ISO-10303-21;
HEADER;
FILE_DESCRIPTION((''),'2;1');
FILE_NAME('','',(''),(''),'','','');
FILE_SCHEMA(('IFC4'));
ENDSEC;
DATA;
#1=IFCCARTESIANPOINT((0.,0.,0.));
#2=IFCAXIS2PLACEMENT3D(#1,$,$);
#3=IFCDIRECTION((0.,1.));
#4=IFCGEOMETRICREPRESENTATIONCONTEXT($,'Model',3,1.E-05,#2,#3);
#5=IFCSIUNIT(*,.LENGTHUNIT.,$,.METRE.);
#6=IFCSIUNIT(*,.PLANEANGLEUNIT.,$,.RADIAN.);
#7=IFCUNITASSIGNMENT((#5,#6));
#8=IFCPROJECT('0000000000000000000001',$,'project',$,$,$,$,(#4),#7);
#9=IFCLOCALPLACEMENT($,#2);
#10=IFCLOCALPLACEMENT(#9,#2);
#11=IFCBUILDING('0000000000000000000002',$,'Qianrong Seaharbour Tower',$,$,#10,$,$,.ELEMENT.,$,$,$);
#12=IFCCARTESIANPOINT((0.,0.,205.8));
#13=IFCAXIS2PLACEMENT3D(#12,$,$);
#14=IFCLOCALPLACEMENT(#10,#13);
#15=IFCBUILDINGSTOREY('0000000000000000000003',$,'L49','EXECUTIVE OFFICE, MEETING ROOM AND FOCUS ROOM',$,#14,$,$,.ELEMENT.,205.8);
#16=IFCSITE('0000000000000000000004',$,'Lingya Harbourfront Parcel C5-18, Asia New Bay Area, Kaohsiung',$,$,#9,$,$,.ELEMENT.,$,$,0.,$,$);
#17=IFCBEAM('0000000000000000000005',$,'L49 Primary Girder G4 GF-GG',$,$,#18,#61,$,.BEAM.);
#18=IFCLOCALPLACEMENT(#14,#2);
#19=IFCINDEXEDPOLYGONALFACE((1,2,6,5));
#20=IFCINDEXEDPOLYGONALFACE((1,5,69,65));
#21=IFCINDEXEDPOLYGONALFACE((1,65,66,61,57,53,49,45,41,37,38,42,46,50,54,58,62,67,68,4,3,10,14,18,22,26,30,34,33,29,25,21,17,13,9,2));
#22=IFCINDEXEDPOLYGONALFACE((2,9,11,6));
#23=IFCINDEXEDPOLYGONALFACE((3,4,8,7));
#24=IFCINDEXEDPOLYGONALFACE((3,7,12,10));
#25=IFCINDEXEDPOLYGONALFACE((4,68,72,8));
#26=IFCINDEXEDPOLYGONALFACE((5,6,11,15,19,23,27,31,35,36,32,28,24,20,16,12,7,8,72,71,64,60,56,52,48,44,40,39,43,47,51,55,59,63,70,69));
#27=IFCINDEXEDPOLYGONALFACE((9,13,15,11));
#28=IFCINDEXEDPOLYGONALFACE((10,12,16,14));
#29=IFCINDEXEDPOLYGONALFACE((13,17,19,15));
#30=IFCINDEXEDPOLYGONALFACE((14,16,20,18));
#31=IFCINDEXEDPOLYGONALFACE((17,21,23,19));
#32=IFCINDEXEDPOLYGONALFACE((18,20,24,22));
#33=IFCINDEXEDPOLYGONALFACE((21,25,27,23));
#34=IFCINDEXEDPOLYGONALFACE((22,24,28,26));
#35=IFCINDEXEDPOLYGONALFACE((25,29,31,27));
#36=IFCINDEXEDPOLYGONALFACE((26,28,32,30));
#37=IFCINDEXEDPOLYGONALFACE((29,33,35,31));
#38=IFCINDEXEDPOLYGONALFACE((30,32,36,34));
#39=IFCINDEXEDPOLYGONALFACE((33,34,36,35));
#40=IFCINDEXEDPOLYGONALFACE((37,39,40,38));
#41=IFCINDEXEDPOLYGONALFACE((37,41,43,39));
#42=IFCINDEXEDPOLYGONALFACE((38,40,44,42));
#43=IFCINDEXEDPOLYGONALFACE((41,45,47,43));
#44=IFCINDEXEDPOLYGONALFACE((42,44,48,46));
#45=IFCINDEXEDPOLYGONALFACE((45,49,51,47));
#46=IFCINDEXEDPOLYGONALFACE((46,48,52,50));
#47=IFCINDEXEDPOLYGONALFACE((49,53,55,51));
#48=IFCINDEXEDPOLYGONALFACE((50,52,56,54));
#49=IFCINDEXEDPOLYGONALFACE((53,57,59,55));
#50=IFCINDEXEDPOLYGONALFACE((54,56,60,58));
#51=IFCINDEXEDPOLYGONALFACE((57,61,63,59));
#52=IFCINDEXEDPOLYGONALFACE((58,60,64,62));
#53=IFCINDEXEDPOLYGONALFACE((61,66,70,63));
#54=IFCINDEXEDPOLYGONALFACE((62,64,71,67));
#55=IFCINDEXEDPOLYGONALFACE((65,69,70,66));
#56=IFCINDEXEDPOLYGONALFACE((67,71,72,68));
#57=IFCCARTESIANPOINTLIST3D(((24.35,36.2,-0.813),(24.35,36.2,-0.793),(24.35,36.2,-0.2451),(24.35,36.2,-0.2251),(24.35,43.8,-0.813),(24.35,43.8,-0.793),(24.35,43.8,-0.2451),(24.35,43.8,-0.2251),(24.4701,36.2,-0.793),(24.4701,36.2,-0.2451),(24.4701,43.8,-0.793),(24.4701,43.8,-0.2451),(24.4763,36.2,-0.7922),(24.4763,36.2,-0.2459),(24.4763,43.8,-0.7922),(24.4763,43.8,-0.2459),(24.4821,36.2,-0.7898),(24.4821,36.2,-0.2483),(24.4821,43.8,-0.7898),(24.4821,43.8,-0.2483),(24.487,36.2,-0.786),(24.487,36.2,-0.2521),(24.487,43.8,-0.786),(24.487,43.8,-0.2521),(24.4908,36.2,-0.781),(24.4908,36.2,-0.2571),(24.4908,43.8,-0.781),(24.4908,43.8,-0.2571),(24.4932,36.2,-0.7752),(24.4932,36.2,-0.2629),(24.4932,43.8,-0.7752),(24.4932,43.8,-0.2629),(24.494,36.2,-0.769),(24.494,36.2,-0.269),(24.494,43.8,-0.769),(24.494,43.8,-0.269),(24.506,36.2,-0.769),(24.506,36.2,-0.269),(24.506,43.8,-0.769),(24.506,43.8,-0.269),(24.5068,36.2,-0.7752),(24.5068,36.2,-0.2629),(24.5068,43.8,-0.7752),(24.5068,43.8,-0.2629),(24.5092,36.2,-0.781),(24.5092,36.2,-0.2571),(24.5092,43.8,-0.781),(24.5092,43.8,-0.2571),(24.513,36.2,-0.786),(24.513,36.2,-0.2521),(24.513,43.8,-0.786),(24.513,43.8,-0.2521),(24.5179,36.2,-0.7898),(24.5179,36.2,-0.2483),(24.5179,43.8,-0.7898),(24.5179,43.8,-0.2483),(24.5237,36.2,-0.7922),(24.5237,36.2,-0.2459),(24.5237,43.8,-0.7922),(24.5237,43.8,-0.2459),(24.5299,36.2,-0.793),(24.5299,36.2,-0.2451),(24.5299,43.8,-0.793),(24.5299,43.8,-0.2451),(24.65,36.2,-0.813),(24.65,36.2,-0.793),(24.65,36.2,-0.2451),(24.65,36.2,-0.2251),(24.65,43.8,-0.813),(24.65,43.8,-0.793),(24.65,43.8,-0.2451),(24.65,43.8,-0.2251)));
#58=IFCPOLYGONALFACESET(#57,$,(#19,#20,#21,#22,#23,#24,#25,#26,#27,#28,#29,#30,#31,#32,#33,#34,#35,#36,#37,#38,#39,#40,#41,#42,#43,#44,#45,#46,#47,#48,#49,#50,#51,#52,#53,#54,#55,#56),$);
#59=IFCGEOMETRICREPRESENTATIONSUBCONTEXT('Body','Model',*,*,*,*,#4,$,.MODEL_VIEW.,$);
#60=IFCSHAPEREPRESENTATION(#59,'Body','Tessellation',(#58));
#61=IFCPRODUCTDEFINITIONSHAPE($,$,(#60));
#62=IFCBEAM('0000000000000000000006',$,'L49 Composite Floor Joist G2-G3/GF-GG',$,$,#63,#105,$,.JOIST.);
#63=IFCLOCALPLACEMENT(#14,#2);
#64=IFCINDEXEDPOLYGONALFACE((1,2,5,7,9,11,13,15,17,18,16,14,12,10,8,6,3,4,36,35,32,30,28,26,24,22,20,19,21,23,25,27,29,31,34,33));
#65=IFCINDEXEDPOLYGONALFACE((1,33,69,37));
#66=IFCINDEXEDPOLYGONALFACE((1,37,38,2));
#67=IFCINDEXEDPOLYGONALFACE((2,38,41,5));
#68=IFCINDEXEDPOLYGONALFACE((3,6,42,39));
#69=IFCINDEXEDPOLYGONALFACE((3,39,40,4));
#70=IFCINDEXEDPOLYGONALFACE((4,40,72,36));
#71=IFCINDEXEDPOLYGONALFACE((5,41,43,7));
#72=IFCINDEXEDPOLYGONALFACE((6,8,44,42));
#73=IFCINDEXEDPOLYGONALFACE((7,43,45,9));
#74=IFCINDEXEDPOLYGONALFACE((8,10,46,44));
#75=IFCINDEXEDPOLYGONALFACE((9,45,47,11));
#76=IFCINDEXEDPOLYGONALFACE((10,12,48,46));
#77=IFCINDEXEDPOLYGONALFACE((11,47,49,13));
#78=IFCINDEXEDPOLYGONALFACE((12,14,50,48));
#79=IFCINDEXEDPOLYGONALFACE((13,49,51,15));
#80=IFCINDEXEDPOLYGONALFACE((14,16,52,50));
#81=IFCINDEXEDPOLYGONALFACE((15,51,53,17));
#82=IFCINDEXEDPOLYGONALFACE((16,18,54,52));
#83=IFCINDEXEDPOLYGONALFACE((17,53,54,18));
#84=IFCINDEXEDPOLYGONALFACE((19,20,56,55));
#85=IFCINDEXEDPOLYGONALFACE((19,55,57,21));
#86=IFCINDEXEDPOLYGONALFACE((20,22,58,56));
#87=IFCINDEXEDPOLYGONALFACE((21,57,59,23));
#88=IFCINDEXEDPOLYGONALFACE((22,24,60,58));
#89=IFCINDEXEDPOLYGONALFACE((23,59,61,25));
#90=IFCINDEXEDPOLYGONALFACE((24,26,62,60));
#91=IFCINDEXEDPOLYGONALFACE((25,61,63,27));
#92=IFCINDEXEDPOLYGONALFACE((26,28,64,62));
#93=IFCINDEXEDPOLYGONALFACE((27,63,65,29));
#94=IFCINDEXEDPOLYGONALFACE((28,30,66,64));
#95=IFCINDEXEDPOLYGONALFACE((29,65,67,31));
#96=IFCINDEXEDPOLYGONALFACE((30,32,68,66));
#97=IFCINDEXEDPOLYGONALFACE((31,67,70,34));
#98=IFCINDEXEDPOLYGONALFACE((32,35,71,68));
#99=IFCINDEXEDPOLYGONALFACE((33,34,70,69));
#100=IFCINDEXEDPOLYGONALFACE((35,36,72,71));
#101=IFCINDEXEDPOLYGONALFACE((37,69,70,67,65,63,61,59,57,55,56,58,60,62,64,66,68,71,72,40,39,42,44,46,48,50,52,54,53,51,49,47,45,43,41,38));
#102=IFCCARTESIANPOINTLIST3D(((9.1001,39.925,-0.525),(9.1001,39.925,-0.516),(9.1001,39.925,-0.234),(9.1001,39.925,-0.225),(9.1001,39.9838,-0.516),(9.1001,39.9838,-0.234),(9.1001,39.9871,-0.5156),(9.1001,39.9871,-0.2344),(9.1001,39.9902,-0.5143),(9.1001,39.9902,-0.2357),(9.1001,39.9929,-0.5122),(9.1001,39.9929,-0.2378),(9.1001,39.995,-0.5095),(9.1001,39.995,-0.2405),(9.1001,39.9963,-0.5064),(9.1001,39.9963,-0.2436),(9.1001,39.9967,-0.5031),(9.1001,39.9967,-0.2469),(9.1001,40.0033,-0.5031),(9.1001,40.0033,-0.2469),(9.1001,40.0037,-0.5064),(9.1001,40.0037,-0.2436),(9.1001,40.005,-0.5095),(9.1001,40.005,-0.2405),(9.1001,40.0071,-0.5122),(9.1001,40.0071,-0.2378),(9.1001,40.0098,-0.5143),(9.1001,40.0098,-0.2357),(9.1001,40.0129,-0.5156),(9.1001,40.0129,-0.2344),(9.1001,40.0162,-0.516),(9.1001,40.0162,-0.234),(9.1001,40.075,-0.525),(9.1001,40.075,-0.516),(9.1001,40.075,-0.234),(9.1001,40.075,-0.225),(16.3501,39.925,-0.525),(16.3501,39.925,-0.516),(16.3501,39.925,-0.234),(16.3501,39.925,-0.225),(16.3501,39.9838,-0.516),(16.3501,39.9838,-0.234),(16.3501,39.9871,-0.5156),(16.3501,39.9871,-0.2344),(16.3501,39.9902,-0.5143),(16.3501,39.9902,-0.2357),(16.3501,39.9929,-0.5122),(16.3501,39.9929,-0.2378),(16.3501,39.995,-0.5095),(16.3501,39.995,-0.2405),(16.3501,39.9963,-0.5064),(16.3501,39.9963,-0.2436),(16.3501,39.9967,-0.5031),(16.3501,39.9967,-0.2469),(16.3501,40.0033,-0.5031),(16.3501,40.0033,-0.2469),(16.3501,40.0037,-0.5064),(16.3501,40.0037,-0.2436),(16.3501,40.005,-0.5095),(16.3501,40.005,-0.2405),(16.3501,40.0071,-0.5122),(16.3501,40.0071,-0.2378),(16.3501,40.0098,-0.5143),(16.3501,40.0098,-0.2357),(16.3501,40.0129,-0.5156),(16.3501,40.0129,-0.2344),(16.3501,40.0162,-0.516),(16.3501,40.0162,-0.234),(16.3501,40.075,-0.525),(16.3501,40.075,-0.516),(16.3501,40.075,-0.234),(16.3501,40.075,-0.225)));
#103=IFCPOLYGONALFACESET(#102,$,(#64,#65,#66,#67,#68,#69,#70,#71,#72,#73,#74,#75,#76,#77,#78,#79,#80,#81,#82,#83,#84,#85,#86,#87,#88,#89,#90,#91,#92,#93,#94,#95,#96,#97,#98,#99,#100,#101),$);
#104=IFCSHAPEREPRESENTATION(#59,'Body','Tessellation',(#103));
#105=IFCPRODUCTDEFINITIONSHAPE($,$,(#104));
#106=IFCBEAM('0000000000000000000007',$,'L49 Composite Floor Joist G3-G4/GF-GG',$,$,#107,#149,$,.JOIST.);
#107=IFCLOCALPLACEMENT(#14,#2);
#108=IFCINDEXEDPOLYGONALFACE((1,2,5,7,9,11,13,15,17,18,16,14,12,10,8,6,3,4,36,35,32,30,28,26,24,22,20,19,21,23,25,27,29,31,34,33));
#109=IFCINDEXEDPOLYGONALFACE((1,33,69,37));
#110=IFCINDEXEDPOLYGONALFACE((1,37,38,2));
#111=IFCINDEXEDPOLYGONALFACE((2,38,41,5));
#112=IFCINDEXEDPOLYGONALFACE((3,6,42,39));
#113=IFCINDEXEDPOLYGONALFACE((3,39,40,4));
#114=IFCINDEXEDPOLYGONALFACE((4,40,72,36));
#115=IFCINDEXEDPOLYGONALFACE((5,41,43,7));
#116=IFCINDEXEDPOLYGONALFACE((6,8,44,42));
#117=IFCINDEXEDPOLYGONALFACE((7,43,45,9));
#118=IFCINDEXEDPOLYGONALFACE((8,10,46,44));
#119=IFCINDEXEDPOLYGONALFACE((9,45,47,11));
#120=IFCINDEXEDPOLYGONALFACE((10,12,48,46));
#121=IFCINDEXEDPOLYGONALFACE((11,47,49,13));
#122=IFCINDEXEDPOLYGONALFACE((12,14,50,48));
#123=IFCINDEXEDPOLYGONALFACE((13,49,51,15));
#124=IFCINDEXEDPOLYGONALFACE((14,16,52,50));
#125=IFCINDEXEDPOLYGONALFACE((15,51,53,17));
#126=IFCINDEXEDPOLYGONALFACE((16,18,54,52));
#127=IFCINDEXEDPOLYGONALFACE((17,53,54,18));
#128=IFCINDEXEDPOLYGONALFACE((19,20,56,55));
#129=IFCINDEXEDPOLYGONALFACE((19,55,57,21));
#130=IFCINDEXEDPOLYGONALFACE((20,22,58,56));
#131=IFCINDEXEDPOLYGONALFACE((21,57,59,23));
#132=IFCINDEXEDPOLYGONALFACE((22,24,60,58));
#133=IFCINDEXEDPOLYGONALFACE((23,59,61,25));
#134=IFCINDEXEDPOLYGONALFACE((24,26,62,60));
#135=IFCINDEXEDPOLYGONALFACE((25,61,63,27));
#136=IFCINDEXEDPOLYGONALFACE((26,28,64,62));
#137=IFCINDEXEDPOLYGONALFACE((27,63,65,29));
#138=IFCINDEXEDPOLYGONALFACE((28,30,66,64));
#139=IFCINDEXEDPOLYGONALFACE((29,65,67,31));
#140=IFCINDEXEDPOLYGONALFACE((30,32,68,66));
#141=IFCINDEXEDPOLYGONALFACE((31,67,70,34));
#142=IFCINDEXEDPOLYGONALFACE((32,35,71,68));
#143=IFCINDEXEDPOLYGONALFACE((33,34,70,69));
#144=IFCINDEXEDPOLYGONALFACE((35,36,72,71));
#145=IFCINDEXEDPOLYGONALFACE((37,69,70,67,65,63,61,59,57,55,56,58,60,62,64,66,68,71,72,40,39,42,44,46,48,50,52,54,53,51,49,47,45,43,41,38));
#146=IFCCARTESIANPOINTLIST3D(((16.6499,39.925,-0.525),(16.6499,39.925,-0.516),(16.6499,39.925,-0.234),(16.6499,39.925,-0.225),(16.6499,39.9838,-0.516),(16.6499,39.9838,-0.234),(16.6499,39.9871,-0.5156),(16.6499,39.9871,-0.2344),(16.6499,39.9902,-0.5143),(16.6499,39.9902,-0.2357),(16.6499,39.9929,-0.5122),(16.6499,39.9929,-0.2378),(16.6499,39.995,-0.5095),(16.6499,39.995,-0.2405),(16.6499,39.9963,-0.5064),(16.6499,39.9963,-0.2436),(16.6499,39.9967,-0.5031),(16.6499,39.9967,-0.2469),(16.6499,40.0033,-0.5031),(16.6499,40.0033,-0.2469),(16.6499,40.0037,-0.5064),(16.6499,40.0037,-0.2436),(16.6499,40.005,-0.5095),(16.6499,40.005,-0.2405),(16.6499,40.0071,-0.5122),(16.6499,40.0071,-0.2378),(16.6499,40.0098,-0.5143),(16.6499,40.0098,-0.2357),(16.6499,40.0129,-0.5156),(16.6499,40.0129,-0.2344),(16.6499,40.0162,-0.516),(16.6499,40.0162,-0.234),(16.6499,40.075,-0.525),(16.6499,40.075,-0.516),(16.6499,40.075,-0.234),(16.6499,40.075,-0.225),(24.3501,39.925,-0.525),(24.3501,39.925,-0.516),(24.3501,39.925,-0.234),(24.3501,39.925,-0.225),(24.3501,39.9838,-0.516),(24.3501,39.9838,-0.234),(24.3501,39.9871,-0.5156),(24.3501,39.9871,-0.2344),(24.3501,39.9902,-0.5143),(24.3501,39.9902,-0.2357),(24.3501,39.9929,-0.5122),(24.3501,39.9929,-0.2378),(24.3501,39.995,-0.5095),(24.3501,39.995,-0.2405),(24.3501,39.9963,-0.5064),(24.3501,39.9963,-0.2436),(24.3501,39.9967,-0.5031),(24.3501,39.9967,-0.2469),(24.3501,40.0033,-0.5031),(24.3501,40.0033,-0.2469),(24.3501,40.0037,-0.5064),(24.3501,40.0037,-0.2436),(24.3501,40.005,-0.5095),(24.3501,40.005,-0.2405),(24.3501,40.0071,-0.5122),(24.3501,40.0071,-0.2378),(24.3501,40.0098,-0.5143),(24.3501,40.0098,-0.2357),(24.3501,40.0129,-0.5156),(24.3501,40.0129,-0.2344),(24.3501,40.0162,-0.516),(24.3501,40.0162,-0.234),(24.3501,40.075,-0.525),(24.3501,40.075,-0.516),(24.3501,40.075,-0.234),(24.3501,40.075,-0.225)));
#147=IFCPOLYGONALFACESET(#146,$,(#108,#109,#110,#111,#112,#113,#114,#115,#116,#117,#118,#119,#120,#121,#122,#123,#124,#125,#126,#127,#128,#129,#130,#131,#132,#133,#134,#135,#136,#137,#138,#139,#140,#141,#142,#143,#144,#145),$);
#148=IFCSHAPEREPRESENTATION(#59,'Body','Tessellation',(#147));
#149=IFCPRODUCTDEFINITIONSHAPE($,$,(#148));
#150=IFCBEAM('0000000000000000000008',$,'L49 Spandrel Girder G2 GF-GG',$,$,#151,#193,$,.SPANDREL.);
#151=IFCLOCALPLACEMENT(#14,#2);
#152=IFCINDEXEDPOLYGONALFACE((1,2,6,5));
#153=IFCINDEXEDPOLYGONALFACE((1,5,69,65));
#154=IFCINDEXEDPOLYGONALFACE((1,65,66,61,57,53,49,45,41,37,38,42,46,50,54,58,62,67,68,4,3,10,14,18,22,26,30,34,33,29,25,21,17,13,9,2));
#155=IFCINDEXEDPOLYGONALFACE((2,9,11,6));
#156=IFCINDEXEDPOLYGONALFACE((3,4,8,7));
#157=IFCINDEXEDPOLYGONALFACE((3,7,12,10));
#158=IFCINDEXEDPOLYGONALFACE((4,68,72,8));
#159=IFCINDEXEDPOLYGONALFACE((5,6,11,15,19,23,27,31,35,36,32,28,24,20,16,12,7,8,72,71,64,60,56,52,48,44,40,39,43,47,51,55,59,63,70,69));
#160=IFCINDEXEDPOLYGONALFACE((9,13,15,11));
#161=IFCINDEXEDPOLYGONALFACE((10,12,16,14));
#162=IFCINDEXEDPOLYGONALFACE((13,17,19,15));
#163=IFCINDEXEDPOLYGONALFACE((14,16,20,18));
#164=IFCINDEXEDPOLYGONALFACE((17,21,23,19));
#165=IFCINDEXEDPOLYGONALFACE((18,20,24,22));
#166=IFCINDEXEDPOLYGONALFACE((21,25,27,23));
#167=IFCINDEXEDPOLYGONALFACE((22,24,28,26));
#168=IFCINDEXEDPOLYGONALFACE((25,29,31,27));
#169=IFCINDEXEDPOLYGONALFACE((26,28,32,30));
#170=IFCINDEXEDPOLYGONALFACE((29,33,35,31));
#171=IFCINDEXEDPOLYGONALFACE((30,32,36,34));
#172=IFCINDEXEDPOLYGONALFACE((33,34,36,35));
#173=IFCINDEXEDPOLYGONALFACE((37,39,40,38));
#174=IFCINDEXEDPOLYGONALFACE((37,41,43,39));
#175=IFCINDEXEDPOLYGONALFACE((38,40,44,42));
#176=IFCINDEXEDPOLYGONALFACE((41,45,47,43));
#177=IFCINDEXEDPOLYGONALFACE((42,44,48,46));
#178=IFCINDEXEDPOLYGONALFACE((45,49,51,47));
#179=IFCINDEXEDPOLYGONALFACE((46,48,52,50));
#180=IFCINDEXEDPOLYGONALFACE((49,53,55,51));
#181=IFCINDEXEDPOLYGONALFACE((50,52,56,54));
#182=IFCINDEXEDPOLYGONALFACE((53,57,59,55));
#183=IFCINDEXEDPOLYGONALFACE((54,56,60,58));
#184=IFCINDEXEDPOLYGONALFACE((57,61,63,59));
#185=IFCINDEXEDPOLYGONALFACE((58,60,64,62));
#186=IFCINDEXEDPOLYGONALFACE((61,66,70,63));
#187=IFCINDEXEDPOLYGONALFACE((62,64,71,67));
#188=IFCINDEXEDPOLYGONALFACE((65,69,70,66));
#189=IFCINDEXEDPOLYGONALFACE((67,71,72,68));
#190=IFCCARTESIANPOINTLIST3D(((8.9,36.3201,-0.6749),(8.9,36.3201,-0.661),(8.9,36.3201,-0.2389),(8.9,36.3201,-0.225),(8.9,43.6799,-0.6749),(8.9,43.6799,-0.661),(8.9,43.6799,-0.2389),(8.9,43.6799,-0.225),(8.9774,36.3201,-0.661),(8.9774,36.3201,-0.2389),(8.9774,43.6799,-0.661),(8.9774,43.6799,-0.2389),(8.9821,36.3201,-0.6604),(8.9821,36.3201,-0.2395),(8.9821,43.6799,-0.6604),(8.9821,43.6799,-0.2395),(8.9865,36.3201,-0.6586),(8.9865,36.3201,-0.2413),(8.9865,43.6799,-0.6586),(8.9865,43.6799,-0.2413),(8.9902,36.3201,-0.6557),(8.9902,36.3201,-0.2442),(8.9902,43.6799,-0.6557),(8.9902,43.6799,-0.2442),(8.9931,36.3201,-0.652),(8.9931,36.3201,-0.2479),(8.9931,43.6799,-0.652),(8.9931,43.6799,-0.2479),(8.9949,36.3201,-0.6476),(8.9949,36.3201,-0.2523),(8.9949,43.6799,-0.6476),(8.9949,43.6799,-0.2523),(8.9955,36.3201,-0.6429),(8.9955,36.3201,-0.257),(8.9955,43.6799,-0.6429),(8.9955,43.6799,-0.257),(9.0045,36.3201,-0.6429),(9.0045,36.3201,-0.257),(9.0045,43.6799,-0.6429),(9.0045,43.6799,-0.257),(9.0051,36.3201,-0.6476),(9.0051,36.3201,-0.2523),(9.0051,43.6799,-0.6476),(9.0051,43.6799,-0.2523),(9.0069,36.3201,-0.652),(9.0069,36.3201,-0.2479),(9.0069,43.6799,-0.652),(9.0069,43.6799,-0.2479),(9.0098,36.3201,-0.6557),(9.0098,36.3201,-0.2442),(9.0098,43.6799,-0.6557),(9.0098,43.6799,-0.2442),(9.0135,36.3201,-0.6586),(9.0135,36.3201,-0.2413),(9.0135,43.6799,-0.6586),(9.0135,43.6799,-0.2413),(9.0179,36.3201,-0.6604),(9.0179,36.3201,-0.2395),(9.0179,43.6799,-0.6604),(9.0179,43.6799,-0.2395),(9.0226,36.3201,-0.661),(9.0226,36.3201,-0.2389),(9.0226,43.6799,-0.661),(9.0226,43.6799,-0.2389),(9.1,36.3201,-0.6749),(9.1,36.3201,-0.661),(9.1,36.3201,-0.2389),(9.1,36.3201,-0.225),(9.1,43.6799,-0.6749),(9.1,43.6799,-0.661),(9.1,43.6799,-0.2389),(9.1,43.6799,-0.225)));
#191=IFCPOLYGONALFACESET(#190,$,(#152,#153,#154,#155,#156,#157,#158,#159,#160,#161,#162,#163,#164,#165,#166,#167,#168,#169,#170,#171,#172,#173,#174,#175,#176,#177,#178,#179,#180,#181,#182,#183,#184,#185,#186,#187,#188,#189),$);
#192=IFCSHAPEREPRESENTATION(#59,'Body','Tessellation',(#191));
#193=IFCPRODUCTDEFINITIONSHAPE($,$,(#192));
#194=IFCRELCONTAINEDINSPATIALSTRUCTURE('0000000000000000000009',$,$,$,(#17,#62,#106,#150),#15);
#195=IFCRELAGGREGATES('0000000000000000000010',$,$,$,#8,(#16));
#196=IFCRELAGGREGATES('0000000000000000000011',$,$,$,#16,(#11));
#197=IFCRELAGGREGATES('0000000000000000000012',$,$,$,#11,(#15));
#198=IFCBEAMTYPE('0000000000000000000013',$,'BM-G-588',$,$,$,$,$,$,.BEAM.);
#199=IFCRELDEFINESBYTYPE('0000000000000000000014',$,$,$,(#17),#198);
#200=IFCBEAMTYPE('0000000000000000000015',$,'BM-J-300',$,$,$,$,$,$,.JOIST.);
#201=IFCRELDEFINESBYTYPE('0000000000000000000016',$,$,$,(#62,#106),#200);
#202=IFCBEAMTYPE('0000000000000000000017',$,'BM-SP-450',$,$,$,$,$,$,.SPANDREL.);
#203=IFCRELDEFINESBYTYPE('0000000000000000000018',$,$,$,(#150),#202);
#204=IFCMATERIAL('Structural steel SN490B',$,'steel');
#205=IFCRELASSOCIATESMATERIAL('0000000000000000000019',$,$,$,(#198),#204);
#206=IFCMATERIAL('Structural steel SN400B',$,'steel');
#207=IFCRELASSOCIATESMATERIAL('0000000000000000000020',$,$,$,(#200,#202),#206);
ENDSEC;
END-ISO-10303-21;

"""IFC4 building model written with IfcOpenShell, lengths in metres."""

from ifc_helpers import new_model, si_unit, direction, frame, origin, origin_2d, place, context, subcontext, project, spatial, i_section, extrude, material, material_profile, profile_set, type_object, element, save


model = new_model("IFC4")

# Units and contexts
model_context = context("Model", 3, precision=1e-05, world=origin(), true_north=direction((0.0, 1.0)))
body_context = subcontext(model_context, "Body", "Model", "MODEL_VIEW")
ifc_project = project(units=[si_unit("LENGTHUNIT", "METRE"), si_unit("PLANEANGLEUNIT", "RADIAN")], contexts=[model_context])

# Site, building, storey
site_placement = place(None, origin())
site = spatial("IfcSite", under=ifc_project, at=site_placement, Name="Lingya Harbourfront Parcel C5-18, Asia New Bay Area, Kaohsiung", CompositionType="ELEMENT", RefElevation=0.0)
building_placement = place(site_placement, origin())
building = spatial("IfcBuilding", under=site, at=building_placement, Name="Qianrong Seaharbour Tower", CompositionType="ELEMENT")
storey_placement = place(building_placement, frame((0.0, 0.0, 205.8)))
storey = spatial("IfcBuildingStorey", under=building, at=storey_placement, Name="L49", Description="EXECUTIVE OFFICE, MEETING ROOM AND FOCUS ROOM", CompositionType="ELEMENT", Elevation=205.8)

# Shared definitions
ifc_material_1 = material(Name="Structural steel SN490B", Category="steel")

# Beams
ifc_material_profile_1 = material_profile(ifc_material_1, i_section(OverallWidth=0.3, OverallDepth=0.5879, WebThickness=0.012, FlangeThickness=0.02, FilletRadius=0.0239, at=origin_2d()), Name="H588x300x12x20")
ifc_profile_set_1 = profile_set([ifc_material_profile_1], Name="Structural steel SN490B")
beam_type_1 = type_object("IfcBeamType", Name="BM-G-588", PredefinedType="BEAM", material=ifc_profile_set_1)
for number, where, z_axis, x_axis, name in (
    (1, (24.5, 36.2, -0.519), (0.0, 1.0, 0.0), (-1.0, 0.0, 0.0), "L49 Primary Girder G4 GF-GG"),
):
    element("IfcBeam", number, at=place(storey_placement, frame(where, z_axis=z_axis, x_axis=x_axis)), inside=storey, type_object=beam_type_1, Name=name, PredefinedType="BEAM", context=body_context, shape_type="SweptSolid", body=[
        extrude(i_section(OverallWidth=0.3, OverallDepth=0.5879, WebThickness=0.012, FlangeThickness=0.02, FilletRadius=0.0239, at=origin_2d()), origin(), (0.0, 0.0, 1.0), 7.6001),
    ])
ifc_material_2 = material(Name="Structural steel SN400B", Category="steel")
ifc_material_profile_2 = material_profile(ifc_material_2, i_section(OverallWidth=0.1499, OverallDepth=0.3, WebThickness=0.0066, FlangeThickness=0.009, FilletRadius=0.0129, at=origin_2d()), Name="H300x150x6.5x9")
ifc_profile_set_2 = profile_set([ifc_material_profile_2], Name="Structural steel SN400B")
beam_type_2 = type_object("IfcBeamType", Name="BM-J-300", PredefinedType="JOIST", material=ifc_profile_set_2)
beam_1_placement = place(storey_placement, frame((9.1001, 40.0, -0.375), z_axis=(1.0, 0.0, 0.0), x_axis=(0.0, 1.0, 0.0)))
element("IfcBeam", 2, at=beam_1_placement, inside=storey, type_object=beam_type_2, Name="L49 Composite Floor Joist G2-G3/GF-GG", PredefinedType="JOIST", context=body_context, shape_type="SweptSolid", body=[
    extrude(i_section(OverallWidth=0.1499, OverallDepth=0.3, WebThickness=0.0066, FlangeThickness=0.009, FilletRadius=0.0129, at=origin_2d()), origin(), (0.0, 0.0, 1.0), 7.25),
])
beam_2_placement = place(storey_placement, frame((16.6499, 40.0, -0.375), z_axis=(1.0, 0.0, 0.0), x_axis=(0.0, 1.0, 0.0)))
element("IfcBeam", 3, at=beam_2_placement, inside=storey, type_object=beam_type_2, Name="L49 Composite Floor Joist G3-G4/GF-GG", PredefinedType="JOIST", context=body_context, shape_type="SweptSolid", body=[
    extrude(i_section(OverallWidth=0.1499, OverallDepth=0.3, WebThickness=0.0066, FlangeThickness=0.009, FilletRadius=0.0129, at=origin_2d()), origin(), (0.0, 0.0, 1.0), 7.7002),
])
ifc_material_profile_3 = material_profile(ifc_material_2, i_section(OverallWidth=0.2, OverallDepth=0.45, WebThickness=0.009, FlangeThickness=0.0139, FilletRadius=0.0181, at=origin_2d()), Name="H450x200x9x14")
ifc_profile_set_3 = profile_set([ifc_material_profile_3], Name="Structural steel SN400B")
beam_type_3 = type_object("IfcBeamType", Name="BM-SP-450", PredefinedType="SPANDREL", material=ifc_profile_set_3)
beam_3_placement = place(storey_placement, frame((9.0, 36.3201, -0.45), z_axis=(0.0, 1.0, 0.0), x_axis=(-1.0, 0.0, 0.0)))
element("IfcBeam", 4, at=beam_3_placement, inside=storey, type_object=beam_type_3, Name="L49 Spandrel Girder G2 GF-GG", PredefinedType="SPANDREL", context=body_context, shape_type="SweptSolid", body=[
    extrude(i_section(OverallWidth=0.2, OverallDepth=0.45, WebThickness=0.009, FlangeThickness=0.0139, FilletRadius=0.0181, at=origin_2d()), origin(), (0.0, 0.0, 1.0), 7.3599),
])

save(model, "model.ifc")
